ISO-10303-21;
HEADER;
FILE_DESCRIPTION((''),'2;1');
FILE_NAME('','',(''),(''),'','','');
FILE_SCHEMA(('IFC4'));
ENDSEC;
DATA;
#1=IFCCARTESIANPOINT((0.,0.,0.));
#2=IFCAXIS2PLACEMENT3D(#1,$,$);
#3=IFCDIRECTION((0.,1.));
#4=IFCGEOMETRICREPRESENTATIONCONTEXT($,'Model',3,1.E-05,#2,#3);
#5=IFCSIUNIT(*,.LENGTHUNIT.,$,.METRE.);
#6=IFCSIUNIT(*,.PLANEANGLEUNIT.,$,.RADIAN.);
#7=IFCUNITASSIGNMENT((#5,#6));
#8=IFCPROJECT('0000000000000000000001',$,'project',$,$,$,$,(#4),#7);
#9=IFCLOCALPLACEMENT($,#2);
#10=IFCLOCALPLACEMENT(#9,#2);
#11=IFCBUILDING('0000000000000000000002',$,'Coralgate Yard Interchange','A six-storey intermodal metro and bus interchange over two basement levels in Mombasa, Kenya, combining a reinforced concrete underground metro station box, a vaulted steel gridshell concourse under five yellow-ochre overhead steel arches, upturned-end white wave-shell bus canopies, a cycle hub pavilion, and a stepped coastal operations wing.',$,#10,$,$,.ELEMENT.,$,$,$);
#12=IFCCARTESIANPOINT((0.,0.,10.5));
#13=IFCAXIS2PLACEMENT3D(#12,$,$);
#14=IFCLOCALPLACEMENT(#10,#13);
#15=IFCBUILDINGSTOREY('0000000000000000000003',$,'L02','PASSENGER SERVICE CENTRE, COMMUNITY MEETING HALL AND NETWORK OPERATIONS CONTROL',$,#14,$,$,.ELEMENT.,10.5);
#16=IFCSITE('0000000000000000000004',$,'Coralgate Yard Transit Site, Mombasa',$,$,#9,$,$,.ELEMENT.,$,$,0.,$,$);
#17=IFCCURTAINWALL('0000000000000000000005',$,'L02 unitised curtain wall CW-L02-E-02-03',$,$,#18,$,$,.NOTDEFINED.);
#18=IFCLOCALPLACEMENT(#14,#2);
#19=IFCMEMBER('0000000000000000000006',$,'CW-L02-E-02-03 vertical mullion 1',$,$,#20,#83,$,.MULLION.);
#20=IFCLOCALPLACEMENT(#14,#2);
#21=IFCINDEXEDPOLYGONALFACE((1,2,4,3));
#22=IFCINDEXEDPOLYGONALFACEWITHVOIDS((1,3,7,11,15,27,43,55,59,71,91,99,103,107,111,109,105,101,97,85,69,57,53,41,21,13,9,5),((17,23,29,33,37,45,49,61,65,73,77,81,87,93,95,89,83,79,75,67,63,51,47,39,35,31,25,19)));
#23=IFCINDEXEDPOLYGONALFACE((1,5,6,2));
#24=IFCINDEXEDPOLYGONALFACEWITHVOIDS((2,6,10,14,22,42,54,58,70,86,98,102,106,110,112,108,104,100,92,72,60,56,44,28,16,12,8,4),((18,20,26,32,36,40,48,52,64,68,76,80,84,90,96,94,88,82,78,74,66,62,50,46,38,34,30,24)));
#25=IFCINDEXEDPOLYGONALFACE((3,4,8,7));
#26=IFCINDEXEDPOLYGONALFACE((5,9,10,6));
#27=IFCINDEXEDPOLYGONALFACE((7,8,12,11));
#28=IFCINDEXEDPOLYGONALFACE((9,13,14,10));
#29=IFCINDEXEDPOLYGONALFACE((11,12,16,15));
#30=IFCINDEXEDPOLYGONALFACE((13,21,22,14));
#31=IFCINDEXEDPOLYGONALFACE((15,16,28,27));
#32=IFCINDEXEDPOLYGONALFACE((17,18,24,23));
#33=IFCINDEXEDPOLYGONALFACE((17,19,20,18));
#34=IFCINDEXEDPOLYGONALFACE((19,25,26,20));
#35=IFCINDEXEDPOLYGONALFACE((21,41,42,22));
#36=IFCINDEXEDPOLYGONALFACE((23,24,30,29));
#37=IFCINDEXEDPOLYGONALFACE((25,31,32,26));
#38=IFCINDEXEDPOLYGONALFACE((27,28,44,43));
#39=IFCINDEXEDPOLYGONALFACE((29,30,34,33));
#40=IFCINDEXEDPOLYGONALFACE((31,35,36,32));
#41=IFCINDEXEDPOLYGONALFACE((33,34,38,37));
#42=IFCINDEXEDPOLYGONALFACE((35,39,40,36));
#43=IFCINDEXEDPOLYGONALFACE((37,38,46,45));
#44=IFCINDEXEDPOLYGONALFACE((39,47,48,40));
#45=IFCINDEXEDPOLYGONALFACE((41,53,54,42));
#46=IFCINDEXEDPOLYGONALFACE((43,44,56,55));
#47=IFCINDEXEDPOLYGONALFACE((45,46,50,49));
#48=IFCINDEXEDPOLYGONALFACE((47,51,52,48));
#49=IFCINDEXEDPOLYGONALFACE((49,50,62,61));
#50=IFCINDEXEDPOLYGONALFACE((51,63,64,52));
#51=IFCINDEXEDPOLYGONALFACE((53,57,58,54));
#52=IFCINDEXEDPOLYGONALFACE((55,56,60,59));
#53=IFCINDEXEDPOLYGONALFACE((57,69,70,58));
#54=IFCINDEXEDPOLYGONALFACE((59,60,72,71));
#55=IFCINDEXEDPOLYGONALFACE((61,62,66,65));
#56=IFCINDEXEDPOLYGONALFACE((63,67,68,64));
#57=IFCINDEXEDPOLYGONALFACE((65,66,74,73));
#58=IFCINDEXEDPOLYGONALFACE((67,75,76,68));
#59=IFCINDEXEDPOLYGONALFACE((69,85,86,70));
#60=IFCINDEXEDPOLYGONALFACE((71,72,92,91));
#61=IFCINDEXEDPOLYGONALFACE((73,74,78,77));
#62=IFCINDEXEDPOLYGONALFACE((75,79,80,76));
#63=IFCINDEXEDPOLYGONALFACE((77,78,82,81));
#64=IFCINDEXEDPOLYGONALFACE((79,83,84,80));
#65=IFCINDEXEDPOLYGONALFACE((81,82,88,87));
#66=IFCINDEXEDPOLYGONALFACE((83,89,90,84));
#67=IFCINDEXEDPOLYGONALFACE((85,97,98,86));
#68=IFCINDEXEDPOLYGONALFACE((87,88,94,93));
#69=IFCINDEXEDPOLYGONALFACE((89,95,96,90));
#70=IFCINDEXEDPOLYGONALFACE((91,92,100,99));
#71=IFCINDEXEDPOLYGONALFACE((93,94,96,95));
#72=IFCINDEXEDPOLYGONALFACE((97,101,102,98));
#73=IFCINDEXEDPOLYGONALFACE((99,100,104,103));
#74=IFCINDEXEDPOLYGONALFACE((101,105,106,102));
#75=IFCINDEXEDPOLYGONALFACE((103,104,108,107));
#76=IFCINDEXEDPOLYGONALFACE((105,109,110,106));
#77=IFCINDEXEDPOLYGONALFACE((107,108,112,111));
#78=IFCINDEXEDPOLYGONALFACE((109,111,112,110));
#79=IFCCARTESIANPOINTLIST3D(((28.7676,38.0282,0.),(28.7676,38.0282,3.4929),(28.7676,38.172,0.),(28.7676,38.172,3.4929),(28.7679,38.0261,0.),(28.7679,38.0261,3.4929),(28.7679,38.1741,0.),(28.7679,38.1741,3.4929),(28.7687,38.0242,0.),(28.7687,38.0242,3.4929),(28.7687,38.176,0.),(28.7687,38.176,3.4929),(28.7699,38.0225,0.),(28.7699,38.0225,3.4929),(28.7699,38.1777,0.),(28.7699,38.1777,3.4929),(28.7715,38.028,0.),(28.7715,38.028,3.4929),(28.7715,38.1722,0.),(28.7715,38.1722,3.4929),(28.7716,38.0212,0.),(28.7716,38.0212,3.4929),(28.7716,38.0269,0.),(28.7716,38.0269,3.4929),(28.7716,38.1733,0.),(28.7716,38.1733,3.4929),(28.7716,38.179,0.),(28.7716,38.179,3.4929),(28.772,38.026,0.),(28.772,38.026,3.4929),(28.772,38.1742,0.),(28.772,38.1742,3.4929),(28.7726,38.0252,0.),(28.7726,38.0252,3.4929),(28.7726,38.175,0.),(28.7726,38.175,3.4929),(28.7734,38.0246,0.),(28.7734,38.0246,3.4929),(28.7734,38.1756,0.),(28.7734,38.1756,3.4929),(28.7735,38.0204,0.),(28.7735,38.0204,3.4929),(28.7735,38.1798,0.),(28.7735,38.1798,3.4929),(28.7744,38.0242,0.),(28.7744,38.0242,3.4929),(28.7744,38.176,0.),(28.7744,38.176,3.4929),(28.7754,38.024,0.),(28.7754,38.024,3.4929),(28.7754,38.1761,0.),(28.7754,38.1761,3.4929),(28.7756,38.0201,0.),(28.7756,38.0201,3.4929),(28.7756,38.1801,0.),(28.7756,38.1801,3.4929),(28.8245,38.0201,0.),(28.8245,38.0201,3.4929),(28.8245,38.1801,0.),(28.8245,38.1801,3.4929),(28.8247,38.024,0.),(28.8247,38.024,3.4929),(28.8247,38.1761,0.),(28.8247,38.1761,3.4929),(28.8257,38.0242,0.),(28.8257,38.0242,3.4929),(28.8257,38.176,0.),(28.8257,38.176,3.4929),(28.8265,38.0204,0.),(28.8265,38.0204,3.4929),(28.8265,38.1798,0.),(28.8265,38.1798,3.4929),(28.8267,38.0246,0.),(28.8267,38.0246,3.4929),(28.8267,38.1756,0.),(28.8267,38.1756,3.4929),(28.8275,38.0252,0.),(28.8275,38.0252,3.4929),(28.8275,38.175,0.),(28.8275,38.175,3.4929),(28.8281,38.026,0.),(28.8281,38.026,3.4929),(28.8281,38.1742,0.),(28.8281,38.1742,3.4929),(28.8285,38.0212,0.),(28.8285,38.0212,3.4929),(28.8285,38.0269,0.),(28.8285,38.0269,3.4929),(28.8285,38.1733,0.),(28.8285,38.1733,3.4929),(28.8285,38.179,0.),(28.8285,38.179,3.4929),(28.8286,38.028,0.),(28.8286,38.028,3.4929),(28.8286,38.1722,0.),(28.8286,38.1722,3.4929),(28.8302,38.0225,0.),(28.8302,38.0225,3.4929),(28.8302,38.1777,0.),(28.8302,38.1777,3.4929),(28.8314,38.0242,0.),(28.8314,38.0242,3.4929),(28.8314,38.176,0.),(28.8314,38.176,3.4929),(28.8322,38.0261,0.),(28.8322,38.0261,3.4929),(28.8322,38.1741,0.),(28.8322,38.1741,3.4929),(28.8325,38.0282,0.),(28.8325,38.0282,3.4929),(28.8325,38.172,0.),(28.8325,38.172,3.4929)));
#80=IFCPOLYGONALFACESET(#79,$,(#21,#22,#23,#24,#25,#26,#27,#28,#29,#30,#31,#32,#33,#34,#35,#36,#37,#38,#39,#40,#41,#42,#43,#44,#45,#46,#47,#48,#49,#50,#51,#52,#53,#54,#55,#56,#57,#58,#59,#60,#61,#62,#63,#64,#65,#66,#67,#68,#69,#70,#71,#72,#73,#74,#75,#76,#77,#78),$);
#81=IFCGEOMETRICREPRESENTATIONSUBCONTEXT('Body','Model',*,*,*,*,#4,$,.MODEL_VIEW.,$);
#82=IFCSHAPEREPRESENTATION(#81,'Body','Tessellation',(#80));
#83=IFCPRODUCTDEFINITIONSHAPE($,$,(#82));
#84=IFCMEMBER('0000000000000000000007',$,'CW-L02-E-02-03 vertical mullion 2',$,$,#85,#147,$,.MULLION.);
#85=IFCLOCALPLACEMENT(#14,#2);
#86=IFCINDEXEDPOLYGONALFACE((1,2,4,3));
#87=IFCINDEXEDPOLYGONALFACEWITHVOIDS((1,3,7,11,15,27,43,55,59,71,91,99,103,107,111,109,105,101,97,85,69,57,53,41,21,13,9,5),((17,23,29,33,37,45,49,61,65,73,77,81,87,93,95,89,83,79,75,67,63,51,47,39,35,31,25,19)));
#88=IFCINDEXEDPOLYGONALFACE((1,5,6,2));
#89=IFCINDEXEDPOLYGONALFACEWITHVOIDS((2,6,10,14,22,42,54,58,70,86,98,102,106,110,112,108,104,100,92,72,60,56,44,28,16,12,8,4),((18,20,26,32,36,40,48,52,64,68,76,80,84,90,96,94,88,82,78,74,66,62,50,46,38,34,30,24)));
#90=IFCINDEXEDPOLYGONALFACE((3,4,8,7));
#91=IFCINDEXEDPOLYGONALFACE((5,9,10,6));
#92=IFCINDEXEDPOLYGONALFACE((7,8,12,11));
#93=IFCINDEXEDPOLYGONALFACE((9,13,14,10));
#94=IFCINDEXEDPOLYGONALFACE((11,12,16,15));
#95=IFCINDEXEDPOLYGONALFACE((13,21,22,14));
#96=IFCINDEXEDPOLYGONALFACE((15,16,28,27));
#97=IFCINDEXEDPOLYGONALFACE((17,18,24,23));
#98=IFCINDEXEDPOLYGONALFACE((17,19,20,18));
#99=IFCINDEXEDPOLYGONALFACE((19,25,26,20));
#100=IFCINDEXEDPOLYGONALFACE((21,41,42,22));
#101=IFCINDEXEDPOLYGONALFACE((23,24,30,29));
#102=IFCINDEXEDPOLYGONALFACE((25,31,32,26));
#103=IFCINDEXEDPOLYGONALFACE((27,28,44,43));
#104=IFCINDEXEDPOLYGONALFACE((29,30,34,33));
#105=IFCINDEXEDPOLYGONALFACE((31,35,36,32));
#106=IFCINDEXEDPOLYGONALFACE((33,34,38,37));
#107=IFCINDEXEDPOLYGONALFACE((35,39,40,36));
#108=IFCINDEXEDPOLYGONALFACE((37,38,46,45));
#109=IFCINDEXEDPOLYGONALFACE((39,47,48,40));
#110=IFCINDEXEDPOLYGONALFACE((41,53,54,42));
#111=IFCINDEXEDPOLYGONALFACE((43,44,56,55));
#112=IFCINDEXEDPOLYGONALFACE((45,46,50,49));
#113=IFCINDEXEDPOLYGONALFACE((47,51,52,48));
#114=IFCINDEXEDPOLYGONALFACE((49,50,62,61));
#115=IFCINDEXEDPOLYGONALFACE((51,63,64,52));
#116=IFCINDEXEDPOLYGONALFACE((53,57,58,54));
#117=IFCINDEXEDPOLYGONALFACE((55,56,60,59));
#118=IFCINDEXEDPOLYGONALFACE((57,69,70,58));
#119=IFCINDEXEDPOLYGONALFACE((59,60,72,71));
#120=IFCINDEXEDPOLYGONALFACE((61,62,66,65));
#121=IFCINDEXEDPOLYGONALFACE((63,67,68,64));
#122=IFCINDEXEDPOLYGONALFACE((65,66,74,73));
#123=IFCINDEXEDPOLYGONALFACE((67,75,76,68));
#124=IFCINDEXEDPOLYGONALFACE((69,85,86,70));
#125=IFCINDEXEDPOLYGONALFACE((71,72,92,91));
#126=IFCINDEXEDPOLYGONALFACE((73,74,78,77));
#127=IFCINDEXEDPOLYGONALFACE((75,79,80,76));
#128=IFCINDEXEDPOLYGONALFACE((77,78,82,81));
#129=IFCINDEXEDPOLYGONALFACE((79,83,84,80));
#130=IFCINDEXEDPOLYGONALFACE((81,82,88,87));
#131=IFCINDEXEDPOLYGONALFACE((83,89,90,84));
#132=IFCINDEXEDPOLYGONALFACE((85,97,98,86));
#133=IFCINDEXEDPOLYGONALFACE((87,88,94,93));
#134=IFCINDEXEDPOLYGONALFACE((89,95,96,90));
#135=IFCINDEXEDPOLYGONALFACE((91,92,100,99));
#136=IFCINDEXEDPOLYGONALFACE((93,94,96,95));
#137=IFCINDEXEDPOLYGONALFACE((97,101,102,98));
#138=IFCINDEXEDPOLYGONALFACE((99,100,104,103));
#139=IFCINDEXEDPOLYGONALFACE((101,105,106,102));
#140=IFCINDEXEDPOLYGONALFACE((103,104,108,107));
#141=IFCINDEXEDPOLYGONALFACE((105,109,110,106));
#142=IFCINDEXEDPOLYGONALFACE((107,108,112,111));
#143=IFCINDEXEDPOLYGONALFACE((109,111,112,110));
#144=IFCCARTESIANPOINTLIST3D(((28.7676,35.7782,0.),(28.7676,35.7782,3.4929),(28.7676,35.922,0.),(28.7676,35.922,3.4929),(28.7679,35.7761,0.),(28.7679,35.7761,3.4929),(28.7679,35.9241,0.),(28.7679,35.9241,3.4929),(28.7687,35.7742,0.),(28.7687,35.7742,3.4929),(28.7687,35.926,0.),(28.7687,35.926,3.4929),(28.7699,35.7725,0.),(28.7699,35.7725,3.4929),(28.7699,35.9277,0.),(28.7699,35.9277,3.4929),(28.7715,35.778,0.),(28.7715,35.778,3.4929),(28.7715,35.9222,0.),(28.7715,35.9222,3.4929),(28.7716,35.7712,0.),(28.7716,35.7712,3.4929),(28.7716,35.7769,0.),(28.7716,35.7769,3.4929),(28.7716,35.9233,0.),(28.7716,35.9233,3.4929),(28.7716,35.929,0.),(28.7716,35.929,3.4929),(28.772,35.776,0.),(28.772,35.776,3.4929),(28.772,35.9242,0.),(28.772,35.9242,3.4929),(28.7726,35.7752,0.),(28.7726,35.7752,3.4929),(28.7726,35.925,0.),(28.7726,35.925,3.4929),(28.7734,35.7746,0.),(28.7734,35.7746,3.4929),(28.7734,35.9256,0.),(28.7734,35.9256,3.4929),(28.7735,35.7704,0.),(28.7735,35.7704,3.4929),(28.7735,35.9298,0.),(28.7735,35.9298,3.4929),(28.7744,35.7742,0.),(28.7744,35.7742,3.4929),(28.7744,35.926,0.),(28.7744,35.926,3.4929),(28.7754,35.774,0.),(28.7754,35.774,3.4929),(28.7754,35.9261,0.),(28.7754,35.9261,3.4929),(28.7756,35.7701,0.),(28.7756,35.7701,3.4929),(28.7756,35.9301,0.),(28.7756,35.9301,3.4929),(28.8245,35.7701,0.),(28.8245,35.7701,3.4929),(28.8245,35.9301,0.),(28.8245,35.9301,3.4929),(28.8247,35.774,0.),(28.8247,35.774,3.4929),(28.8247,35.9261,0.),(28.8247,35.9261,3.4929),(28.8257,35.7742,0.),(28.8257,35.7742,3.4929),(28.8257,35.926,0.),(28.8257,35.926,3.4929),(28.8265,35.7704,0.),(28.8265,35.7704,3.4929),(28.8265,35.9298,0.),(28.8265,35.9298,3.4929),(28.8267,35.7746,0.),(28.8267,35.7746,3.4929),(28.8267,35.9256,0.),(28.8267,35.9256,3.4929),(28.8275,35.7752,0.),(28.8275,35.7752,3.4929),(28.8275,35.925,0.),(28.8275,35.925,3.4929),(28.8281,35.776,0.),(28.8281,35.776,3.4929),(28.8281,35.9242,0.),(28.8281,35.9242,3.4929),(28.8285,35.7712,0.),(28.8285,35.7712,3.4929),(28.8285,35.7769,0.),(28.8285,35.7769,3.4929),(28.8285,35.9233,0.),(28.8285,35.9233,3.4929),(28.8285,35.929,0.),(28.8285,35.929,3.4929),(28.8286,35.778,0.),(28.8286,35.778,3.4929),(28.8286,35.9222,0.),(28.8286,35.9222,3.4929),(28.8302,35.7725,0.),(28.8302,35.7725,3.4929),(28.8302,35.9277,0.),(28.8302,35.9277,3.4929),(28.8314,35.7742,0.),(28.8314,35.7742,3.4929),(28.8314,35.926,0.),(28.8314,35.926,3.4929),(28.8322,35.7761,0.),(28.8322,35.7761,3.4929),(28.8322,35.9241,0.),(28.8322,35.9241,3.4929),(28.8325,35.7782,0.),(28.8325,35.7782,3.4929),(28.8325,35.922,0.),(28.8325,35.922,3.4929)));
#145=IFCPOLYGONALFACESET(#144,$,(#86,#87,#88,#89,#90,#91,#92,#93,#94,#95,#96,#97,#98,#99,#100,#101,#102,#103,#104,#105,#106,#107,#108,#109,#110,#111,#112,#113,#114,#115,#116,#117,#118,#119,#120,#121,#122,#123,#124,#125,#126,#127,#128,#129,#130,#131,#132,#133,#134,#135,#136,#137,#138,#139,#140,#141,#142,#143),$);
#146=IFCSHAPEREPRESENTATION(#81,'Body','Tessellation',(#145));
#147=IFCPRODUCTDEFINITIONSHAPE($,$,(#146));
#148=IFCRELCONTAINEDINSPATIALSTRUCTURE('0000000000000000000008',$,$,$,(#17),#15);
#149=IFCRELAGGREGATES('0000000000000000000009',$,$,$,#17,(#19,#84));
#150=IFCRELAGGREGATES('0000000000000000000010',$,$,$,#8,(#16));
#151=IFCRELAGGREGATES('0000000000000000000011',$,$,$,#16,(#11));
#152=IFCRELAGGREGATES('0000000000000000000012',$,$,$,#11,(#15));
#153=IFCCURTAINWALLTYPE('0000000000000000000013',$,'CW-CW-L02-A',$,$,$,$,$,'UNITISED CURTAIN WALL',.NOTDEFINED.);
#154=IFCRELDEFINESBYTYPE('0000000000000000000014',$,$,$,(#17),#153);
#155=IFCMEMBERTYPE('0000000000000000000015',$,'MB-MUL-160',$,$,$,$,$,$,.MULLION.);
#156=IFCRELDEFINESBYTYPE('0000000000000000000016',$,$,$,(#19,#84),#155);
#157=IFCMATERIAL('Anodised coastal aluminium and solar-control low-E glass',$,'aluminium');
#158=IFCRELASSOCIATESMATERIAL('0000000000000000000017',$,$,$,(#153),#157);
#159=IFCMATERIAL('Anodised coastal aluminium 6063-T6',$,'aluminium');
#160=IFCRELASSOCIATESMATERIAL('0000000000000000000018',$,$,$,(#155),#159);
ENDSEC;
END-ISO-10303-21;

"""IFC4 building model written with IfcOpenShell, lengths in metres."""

from ifc_helpers import new_model, si_unit, direction, frame, origin, origin_2d, place, context, subcontext, project, spatial, hollow_rectangle, extrude, material, material_profile, profile_set, type_object, element, aggregate, save


model = new_model("IFC4")

# Units and contexts
model_context = context("Model", 3, precision=1e-05, world=origin(), true_north=direction((0.0, 1.0)))
body_context = subcontext(model_context, "Body", "Model", "MODEL_VIEW")
ifc_project = project(units=[si_unit("LENGTHUNIT", "METRE"), si_unit("PLANEANGLEUNIT", "RADIAN")], contexts=[model_context])

# Site, building, storey
site_placement = place(None, origin())
site = spatial("IfcSite", under=ifc_project, at=site_placement, Name="Coralgate Yard Transit Site, Mombasa", CompositionType="ELEMENT", RefElevation=0.0)
building_placement = place(site_placement, origin())
building = spatial("IfcBuilding", under=site, at=building_placement, Name="Coralgate Yard Interchange", Description="A six-storey intermodal metro and bus interchange over two basement levels in Mombasa, Kenya, combining a reinforced concrete underground metro station box, a vaulted steel gridshell concourse under five yellow-ochre overhead steel arches, upturned-end white wave-shell bus canopies, a cycle hub pavilion, and a stepped coastal operations wing.", CompositionType="ELEMENT")
storey_placement = place(building_placement, frame((0.0, 0.0, 10.5)))
storey = spatial("IfcBuildingStorey", under=building, at=storey_placement, Name="L02", Description="PASSENGER SERVICE CENTRE, COMMUNITY MEETING HALL AND NETWORK OPERATIONS CONTROL", CompositionType="ELEMENT", Elevation=10.5)

# Curtain wall, members
ifc_material_1 = material(Name="Anodised coastal aluminium and solar-control low-E glass", Category="aluminium")
curtain_wall_type = type_object("IfcCurtainWallType", Name="CW-CW-L02-A", ElementType="UNITISED CURTAIN WALL", PredefinedType="NOTDEFINED", material=ifc_material_1)
curtain_wall_placement = place(storey_placement, origin())
curtain_wall = element("IfcCurtainWall", 1, at=curtain_wall_placement, inside=storey, type_object=curtain_wall_type, Name="L02 unitised curtain wall CW-L02-E-02-03", PredefinedType="NOTDEFINED")
ifc_material_2 = material(Name="Anodised coastal aluminium 6063-T6", Category="aluminium")
ifc_material_profile_1 = material_profile(ifc_material_2, hollow_rectangle(XDim=0.0649, YDim=0.1599, WallThickness=0.0039, InnerFilletRadius=0.0039, OuterFilletRadius=0.0081, at=origin_2d()), Name="ALU 65x160x4")
ifc_profile_set_1 = profile_set([ifc_material_profile_1], Name="Anodised coastal aluminium 6063-T6")
member_type_1 = type_object("IfcMemberType", Name="MB-MUL-160", PredefinedType="MULLION", material=ifc_profile_set_1)
member_1_placement = place(storey_placement, frame((28.8, 38.1001, 0.0), z_axis=(0.0, 0.0, 1.0), x_axis=(1.0, 0.0, 0.0)))
member_1 = element("IfcMember", 2, at=member_1_placement, type_object=member_type_1, Name="CW-L02-E-02-03 vertical mullion 1", PredefinedType="MULLION", context=body_context, shape_type="SweptSolid", body=[
    extrude(hollow_rectangle(XDim=0.0649, YDim=0.1599, WallThickness=0.0039, InnerFilletRadius=0.0039, OuterFilletRadius=0.0081, at=origin_2d()), origin(), (0.0, 0.0, 1.0), 3.4929),
])
member_2_placement = place(storey_placement, frame((28.8, 35.8501, 0.0), z_axis=(0.0, 0.0, 1.0), x_axis=(1.0, 0.0, 0.0)))
member_2 = element("IfcMember", 3, at=member_2_placement, type_object=member_type_1, Name="CW-L02-E-02-03 vertical mullion 2", PredefinedType="MULLION", context=body_context, shape_type="SweptSolid", body=[
    extrude(hollow_rectangle(XDim=0.0649, YDim=0.1599, WallThickness=0.0039, InnerFilletRadius=0.0039, OuterFilletRadius=0.0081, at=origin_2d()), origin(), (0.0, 0.0, 1.0), 3.4929),
])
aggregate(curtain_wall, [member_1, member_2])

save(model, "model.ifc")
